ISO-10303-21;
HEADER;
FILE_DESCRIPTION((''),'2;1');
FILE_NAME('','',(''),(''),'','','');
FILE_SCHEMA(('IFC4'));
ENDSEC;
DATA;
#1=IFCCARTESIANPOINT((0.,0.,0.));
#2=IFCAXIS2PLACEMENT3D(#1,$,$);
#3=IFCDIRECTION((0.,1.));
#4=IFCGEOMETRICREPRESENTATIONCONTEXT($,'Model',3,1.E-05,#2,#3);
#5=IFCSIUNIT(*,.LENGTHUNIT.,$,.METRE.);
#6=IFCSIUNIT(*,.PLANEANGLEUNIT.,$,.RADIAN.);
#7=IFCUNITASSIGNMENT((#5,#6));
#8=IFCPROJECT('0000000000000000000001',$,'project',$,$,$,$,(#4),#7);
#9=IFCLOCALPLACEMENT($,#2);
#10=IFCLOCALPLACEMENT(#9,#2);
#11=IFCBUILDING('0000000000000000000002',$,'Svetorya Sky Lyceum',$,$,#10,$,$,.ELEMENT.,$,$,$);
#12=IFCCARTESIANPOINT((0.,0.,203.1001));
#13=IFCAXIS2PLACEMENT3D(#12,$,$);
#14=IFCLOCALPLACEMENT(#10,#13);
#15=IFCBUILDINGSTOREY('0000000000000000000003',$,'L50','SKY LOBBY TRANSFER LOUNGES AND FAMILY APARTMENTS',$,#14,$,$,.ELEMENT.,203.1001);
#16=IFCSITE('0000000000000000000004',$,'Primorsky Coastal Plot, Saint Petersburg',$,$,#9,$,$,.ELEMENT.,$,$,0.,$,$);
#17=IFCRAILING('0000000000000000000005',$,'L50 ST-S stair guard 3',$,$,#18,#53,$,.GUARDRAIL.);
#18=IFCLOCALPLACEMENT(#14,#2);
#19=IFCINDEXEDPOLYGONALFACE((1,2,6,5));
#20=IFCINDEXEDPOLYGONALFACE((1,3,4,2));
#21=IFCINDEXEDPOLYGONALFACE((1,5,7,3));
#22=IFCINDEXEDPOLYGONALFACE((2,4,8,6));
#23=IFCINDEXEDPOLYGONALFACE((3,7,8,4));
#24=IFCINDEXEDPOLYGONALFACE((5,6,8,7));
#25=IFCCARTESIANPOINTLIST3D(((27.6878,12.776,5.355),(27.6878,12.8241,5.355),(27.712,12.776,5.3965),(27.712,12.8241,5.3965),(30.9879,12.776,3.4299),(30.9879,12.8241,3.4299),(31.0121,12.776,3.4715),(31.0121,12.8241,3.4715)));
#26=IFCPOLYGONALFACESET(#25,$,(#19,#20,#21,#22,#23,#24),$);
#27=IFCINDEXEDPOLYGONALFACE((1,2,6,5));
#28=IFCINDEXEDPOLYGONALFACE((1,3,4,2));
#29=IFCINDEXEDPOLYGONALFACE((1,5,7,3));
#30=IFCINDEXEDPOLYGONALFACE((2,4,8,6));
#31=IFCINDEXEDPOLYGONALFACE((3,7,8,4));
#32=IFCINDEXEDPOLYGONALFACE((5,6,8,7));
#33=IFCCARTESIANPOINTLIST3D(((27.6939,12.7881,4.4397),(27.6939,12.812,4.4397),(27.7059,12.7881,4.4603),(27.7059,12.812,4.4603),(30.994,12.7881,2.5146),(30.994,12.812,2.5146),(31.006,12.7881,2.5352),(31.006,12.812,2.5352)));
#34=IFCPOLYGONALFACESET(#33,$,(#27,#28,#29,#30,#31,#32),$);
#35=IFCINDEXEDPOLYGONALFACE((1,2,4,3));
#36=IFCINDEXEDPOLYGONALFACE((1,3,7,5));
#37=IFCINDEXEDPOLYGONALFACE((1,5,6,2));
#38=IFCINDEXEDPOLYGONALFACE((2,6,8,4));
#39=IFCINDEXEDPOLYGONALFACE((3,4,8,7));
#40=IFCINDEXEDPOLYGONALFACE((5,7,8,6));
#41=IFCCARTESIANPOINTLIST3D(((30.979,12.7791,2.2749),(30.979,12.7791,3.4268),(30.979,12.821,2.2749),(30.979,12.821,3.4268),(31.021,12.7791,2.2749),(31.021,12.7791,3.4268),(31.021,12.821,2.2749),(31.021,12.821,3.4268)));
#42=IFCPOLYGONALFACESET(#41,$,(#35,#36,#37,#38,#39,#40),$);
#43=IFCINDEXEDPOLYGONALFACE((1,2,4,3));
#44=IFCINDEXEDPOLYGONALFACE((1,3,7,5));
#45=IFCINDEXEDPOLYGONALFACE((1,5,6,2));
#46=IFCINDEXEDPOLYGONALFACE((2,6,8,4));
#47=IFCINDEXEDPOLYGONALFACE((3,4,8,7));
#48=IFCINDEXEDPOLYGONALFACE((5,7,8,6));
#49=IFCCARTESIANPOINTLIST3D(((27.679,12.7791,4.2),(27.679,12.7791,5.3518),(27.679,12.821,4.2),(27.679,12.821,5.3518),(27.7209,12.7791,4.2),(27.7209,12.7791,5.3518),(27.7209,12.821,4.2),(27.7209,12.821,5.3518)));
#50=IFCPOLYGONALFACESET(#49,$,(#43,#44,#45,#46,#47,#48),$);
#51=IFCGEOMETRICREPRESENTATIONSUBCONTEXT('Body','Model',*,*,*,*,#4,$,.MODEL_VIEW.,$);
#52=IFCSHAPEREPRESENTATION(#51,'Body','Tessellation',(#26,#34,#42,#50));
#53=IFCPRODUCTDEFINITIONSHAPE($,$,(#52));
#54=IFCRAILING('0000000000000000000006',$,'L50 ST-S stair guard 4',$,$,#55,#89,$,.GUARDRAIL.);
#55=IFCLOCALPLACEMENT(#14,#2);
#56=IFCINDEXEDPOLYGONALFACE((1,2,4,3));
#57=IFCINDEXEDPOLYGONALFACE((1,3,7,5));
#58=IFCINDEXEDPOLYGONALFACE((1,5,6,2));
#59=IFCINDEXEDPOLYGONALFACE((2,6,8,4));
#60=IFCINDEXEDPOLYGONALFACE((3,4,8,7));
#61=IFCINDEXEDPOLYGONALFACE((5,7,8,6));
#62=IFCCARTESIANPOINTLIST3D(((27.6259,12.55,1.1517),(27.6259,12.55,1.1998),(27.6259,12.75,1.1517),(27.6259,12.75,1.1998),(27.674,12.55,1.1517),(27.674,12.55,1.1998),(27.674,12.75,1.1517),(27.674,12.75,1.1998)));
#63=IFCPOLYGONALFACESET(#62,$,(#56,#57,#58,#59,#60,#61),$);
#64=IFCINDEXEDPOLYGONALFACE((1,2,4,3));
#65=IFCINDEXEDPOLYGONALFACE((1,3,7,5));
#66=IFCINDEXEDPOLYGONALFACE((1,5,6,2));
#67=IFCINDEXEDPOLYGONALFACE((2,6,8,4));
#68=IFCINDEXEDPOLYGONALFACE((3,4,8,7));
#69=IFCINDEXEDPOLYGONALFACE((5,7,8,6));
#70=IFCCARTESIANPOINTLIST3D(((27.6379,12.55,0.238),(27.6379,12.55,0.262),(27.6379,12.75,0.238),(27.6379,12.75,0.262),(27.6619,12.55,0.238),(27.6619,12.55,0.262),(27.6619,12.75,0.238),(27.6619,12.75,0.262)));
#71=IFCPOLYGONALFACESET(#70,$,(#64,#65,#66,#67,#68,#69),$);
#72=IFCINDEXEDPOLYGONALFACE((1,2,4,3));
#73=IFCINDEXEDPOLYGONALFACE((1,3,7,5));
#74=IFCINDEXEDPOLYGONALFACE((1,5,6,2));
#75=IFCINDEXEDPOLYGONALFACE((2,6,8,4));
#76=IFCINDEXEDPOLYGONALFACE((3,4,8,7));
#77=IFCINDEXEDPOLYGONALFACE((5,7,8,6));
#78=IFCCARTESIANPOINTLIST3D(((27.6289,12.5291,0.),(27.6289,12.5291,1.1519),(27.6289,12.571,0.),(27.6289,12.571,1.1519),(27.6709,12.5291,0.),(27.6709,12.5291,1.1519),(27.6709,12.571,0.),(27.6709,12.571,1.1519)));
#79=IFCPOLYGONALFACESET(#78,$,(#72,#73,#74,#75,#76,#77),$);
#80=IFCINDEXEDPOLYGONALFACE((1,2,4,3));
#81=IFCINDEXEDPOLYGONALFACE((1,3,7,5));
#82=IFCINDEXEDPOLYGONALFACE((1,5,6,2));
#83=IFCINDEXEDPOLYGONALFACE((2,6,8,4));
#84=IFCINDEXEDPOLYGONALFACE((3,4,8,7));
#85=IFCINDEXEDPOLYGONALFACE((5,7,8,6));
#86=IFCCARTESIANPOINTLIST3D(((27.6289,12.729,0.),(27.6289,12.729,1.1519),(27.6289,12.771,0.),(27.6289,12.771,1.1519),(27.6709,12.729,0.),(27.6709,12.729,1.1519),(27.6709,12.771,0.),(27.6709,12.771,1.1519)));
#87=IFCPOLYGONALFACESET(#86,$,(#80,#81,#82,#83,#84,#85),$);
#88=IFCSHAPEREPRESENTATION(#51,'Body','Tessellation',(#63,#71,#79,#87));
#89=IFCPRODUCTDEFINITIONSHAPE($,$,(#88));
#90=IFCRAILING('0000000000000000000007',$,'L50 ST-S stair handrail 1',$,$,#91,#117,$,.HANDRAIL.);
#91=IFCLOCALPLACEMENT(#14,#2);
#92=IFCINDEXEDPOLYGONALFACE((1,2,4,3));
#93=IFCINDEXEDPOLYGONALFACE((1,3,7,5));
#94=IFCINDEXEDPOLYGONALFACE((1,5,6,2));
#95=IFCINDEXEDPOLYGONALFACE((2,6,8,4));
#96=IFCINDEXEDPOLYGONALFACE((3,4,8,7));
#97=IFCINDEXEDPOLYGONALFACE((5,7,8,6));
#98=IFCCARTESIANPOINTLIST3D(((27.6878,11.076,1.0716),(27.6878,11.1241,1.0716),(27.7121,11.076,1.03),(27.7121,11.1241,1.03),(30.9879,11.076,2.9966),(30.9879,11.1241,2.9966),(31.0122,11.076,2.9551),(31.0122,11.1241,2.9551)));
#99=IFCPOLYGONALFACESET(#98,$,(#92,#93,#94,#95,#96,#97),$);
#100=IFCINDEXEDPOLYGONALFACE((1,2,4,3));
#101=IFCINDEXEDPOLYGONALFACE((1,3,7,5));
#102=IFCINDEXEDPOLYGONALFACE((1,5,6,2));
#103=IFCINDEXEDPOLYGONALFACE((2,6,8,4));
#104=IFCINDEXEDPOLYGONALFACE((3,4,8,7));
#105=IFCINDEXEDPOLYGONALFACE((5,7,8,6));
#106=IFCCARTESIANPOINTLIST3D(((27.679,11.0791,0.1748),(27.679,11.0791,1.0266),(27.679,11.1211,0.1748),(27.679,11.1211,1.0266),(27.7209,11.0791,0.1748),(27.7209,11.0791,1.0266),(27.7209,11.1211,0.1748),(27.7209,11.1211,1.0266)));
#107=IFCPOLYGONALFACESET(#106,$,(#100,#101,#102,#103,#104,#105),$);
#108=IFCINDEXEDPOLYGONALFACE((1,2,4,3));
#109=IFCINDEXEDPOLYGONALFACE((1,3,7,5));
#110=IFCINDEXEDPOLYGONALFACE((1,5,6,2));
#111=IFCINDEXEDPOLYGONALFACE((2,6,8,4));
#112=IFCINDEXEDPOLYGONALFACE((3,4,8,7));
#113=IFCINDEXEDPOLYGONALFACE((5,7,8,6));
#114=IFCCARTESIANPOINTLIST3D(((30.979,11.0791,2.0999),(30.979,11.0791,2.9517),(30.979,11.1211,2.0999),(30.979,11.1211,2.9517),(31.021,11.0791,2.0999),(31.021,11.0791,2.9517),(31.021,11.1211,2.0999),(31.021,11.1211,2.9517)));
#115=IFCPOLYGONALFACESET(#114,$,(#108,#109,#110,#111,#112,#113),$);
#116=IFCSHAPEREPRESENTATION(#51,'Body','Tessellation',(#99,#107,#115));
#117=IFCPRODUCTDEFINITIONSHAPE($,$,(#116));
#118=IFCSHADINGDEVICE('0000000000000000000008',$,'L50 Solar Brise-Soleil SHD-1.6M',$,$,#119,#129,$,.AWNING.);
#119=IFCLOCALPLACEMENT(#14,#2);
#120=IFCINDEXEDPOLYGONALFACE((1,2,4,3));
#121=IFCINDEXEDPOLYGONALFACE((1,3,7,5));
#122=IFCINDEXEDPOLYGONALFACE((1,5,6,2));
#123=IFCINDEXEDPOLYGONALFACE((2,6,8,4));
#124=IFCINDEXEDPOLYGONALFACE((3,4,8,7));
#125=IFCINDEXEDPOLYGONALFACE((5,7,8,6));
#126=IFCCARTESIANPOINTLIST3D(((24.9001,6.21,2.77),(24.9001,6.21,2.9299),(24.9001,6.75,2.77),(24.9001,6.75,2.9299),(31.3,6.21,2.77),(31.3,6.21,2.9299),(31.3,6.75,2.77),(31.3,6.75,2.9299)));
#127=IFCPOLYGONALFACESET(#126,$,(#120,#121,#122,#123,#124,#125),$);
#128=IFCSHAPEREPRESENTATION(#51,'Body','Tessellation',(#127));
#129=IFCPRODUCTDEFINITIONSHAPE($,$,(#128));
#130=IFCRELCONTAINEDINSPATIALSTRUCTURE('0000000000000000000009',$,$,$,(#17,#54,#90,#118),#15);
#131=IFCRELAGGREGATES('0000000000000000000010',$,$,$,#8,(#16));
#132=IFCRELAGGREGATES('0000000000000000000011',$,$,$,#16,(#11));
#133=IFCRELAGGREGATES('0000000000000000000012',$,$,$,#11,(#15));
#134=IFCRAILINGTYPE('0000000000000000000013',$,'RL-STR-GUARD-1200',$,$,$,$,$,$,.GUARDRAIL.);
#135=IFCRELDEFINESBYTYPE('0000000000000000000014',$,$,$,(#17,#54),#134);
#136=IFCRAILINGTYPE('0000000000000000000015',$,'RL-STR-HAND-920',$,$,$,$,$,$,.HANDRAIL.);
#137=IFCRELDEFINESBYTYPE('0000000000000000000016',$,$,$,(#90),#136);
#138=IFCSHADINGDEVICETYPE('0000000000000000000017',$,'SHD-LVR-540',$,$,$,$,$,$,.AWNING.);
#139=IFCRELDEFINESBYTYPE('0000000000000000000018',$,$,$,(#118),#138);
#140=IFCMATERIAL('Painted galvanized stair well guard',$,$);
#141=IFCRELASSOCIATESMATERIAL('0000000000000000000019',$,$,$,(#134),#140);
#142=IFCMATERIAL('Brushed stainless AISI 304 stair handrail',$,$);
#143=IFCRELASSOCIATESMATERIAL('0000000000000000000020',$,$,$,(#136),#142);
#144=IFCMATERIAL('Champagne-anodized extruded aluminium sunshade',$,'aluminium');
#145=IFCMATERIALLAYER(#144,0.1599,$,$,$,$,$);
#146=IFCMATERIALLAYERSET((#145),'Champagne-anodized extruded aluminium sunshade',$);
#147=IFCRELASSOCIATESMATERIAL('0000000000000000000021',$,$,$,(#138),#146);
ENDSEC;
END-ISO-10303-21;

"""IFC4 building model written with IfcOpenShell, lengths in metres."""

from ifc_helpers import new_model, si_unit, direction, frame, origin, origin_2d, place, context, subcontext, project, spatial, rectangle, extrude, material, layer, layer_set, type_object, element, save


model = new_model("IFC4")

# Units and contexts
model_context = context("Model", 3, precision=1e-05, world=origin(), true_north=direction((0.0, 1.0)))
body_context = subcontext(model_context, "Body", "Model", "MODEL_VIEW")
ifc_project = project(units=[si_unit("LENGTHUNIT", "METRE"), si_unit("PLANEANGLEUNIT", "RADIAN")], contexts=[model_context])

# Site, building, storey
site_placement = place(None, origin())
site = spatial("IfcSite", under=ifc_project, at=site_placement, Name="Primorsky Coastal Plot, Saint Petersburg", CompositionType="ELEMENT", RefElevation=0.0)
building_placement = place(site_placement, origin())
building = spatial("IfcBuilding", under=site, at=building_placement, Name="Svetorya Sky Lyceum", CompositionType="ELEMENT")
storey_placement = place(building_placement, frame((0.0, 0.0, 203.1001)))
storey = spatial("IfcBuildingStorey", under=building, at=storey_placement, Name="L50", Description="SKY LOBBY TRANSFER LOUNGES AND FAMILY APARTMENTS", CompositionType="ELEMENT", Elevation=203.1001)

# Railings
ifc_material_1 = material(Name="Painted galvanized stair well guard")
railing_type_1 = type_object("IfcRailingType", Name="RL-STR-GUARD-1200", PredefinedType="GUARDRAIL", material=ifc_material_1)
railing_1_placement = place(storey_placement, frame((31.0, 12.8, 2.2749)))
element("IfcRailing", 1, at=railing_1_placement, inside=storey, type_object=railing_type_1, Name="L50 ST-S stair guard 3", PredefinedType="GUARDRAIL", context=body_context, shape_type="SweptSolid", body=[
    extrude(rectangle(XDim=0.0481, YDim=0.0481, at=origin_2d()), frame((0.0, 0.0, 1.1758), z_axis=(-0.863777, 0.0, 0.503875), x_axis=(0.0, -1.0, 0.0)), (0.0, 0.0, 1.0), 3.8206),
    extrude(rectangle(XDim=0.0239, YDim=0.0239, at=origin_2d()), frame((0.0, 0.0, 0.25), z_axis=(-0.863777, 0.0, 0.503875), x_axis=(0.0, -1.0, 0.0)), (0.0, 0.0, 1.0), 3.8206),
    extrude(rectangle(XDim=0.042, YDim=0.042, at=origin_2d()), origin(), (0.0, 0.0, 1.0), 1.1519),
    extrude(rectangle(XDim=0.042, YDim=0.042, at=origin_2d()), frame((-3.3, 0.0, 1.925)), (0.0, 0.0, 1.0), 1.1519),
])
railing_2_placement = place(storey_placement, frame((27.6499, 12.55, 0.0)))
element("IfcRailing", 2, at=railing_2_placement, inside=storey, type_object=railing_type_1, Name="L50 ST-S stair guard 4", PredefinedType="GUARDRAIL", context=body_context, shape_type="SweptSolid", body=[
    extrude(rectangle(XDim=0.0481, YDim=0.0481, at=origin_2d()), frame((0.0, 0.0, 1.1758), z_axis=(0.0, 1.0, 0.0), x_axis=(-1.0, 0.0, 0.0)), (0.0, 0.0, 1.0), 0.2),
    extrude(rectangle(XDim=0.0239, YDim=0.0239, at=origin_2d()), frame((0.0, 0.0, 0.25), z_axis=(0.0, 1.0, 0.0), x_axis=(-1.0, 0.0, 0.0)), (0.0, 0.0, 1.0), 0.2),
    extrude(rectangle(XDim=0.042, YDim=0.042, at=origin_2d()), origin(), (0.0, 0.0, 1.0), 1.1519),
    extrude(rectangle(XDim=0.042, YDim=0.042, at=origin_2d()), frame((0.0, 0.2, 0.0)), (0.0, 0.0, 1.0), 1.1519),
])
ifc_material_2 = material(Name="Brushed stainless AISI 304 stair handrail")
railing_type_2 = type_object("IfcRailingType", Name="RL-STR-HAND-920", PredefinedType="HANDRAIL", material=ifc_material_2)
railing_3_placement = place(storey_placement, frame((27.7, 11.1001, 0.1748)))
element("IfcRailing", 3, at=railing_3_placement, inside=storey, type_object=railing_type_2, Name="L50 ST-S stair handrail 1", PredefinedType="HANDRAIL", context=body_context, shape_type="SweptSolid", body=[
    extrude(rectangle(XDim=0.0481, YDim=0.0481, at=origin_2d()), frame((0.0, 0.0, 0.876), z_axis=(0.863777, 0.0, 0.503875), x_axis=(0.0, 1.0, 0.0)), (0.0, 0.0, 1.0), 3.8206),
    extrude(rectangle(XDim=0.042, YDim=0.042, at=origin_2d()), origin(), (0.0, 0.0, 1.0), 0.8518),
    extrude(rectangle(XDim=0.042, YDim=0.042, at=origin_2d()), frame((3.3, 0.0, 1.925)), (0.0, 0.0, 1.0), 0.8518),
])

# Shading device
ifc_material_3 = material(Name="Champagne-anodized extruded aluminium sunshade", Category="aluminium")
ifc_layer_1 = layer(ifc_material_3, 0.1599)
ifc_layer_set_1 = layer_set([ifc_layer_1], Name="Champagne-anodized extruded aluminium sunshade")
shading_device_type = type_object("IfcShadingDeviceType", Name="SHD-LVR-540", PredefinedType="AWNING", material=ifc_layer_set_1)
shading_device_placement = place(storey_placement, frame((28.1001, 6.48, 2.77), z_axis=(0.0, 0.0, 1.0), x_axis=(1.0, 0.0, 0.0)))
element("IfcShadingDevice", 4, at=shading_device_placement, inside=storey, type_object=shading_device_type, Name="L50 Solar Brise-Soleil SHD-1.6M", PredefinedType="AWNING", context=body_context, shape_type="SweptSolid", body=[
    extrude(rectangle(XDim=6.3999, YDim=0.54, at=origin_2d()), origin(), (0.0, 0.0, 1.0), 0.1599),
])

save(model, "model.ifc")
